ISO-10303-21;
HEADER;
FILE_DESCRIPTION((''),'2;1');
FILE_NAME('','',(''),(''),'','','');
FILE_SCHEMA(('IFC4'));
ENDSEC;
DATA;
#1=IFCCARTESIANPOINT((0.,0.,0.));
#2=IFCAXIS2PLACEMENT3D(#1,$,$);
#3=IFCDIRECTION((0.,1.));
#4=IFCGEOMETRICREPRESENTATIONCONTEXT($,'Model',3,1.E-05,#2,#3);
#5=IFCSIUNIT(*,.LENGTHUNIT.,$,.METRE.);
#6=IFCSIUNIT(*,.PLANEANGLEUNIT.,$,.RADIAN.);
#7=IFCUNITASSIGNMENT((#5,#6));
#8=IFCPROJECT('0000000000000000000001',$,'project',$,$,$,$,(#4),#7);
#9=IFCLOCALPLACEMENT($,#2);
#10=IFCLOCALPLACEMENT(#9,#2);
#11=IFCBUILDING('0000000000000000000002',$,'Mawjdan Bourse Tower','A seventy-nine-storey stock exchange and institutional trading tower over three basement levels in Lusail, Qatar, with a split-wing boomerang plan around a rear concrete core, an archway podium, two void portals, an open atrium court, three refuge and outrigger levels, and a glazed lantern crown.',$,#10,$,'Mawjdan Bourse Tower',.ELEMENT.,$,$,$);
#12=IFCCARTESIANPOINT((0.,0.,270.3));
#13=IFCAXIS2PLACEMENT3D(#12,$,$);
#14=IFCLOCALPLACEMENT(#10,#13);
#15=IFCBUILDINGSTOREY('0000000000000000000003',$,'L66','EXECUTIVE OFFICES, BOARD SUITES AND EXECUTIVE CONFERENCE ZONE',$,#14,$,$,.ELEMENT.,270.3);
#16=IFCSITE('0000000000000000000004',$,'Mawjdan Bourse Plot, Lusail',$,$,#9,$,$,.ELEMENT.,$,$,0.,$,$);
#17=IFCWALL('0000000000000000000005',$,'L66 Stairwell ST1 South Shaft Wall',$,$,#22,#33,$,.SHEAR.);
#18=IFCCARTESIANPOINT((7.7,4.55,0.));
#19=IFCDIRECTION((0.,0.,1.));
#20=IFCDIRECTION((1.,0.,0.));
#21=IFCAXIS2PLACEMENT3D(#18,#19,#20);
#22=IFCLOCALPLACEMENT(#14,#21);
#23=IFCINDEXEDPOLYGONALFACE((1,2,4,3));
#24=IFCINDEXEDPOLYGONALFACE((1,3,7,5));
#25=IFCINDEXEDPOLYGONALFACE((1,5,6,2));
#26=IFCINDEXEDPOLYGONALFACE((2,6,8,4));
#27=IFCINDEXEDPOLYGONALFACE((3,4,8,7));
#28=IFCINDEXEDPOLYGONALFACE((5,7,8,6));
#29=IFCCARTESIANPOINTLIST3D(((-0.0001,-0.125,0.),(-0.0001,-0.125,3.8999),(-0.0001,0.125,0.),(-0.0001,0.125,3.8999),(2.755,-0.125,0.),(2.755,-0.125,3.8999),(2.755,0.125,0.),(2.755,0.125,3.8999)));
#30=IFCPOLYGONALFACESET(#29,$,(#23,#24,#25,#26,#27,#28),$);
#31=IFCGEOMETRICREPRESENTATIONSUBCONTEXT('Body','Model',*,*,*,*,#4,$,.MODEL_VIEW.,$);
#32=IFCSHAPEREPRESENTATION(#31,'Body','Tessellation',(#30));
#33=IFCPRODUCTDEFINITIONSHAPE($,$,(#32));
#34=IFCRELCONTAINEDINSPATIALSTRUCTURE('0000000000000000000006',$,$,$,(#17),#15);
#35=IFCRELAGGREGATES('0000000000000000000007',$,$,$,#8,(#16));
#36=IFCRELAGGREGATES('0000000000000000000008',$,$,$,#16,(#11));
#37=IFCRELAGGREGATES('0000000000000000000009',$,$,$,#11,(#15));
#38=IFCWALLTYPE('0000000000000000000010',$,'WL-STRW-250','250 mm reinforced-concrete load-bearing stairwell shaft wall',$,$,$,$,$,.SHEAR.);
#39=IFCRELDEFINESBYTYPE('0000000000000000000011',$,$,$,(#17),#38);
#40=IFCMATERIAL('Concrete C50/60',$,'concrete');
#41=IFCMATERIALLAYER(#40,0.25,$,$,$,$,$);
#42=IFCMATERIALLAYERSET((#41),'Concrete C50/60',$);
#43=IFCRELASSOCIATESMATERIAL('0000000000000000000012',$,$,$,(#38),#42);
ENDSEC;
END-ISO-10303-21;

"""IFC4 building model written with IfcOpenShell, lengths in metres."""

from ifc_helpers import new_model, si_unit, direction, frame, frame_2d, origin, place, context, subcontext, project, spatial, rectangle, extrude, material, layer, layer_set, type_object, element, save


model = new_model("IFC4")

# Units and contexts
model_context = context("Model", 3, precision=1e-05, world=origin(), true_north=direction((0.0, 1.0)))
body_context = subcontext(model_context, "Body", "Model", "MODEL_VIEW")
ifc_project = project(units=[si_unit("LENGTHUNIT", "METRE"), si_unit("PLANEANGLEUNIT", "RADIAN")], contexts=[model_context])

# Site, building, storey
site_placement = place(None, origin())
site = spatial("IfcSite", under=ifc_project, at=site_placement, Name="Mawjdan Bourse Plot, Lusail", CompositionType="ELEMENT", RefElevation=0.0)
building_placement = place(site_placement, origin())
building = spatial("IfcBuilding", under=site, at=building_placement, Name="Mawjdan Bourse Tower", Description="A seventy-nine-storey stock exchange and institutional trading tower over three basement levels in Lusail, Qatar, with a split-wing boomerang plan around a rear concrete core, an archway podium, two void portals, an open atrium court, three refuge and outrigger levels, and a glazed lantern crown.", LongName="Mawjdan Bourse Tower", CompositionType="ELEMENT")
storey_placement = place(building_placement, frame((0.0, 0.0, 270.3)))
storey = spatial("IfcBuildingStorey", under=building, at=storey_placement, Name="L66", Description="EXECUTIVE OFFICES, BOARD SUITES AND EXECUTIVE CONFERENCE ZONE", CompositionType="ELEMENT", Elevation=270.3)

# Shared definitions
ifc_material_1 = material(Name="Concrete C50/60", Category="concrete")

# Wall
ifc_layer_1 = layer(ifc_material_1, 0.25)
ifc_layer_set_1 = layer_set([ifc_layer_1], Name="Concrete C50/60")
wall_type_1 = type_object("IfcWallType", Name="WL-STRW-250", Description="250 mm reinforced-concrete load-bearing stairwell shaft wall", PredefinedType="SHEAR", material=ifc_layer_set_1)
wall_1_placement = place(storey_placement, frame((7.7, 4.55, 0.0), z_axis=(0.0, 0.0, 1.0), x_axis=(1.0, 0.0, 0.0)))
element("IfcWall", 1, at=wall_1_placement, inside=storey, type_object=wall_type_1, Name="L66 Stairwell ST1 South Shaft Wall", PredefinedType="SHEAR", context=body_context, shape_type="SweptSolid", body=[
    extrude(rectangle(XDim=2.7551, YDim=0.25, at=frame_2d((1.3774, 0.0))), origin(), (0.0, 0.0, 1.0), 3.8999),
])

save(model, "model.ifc")
